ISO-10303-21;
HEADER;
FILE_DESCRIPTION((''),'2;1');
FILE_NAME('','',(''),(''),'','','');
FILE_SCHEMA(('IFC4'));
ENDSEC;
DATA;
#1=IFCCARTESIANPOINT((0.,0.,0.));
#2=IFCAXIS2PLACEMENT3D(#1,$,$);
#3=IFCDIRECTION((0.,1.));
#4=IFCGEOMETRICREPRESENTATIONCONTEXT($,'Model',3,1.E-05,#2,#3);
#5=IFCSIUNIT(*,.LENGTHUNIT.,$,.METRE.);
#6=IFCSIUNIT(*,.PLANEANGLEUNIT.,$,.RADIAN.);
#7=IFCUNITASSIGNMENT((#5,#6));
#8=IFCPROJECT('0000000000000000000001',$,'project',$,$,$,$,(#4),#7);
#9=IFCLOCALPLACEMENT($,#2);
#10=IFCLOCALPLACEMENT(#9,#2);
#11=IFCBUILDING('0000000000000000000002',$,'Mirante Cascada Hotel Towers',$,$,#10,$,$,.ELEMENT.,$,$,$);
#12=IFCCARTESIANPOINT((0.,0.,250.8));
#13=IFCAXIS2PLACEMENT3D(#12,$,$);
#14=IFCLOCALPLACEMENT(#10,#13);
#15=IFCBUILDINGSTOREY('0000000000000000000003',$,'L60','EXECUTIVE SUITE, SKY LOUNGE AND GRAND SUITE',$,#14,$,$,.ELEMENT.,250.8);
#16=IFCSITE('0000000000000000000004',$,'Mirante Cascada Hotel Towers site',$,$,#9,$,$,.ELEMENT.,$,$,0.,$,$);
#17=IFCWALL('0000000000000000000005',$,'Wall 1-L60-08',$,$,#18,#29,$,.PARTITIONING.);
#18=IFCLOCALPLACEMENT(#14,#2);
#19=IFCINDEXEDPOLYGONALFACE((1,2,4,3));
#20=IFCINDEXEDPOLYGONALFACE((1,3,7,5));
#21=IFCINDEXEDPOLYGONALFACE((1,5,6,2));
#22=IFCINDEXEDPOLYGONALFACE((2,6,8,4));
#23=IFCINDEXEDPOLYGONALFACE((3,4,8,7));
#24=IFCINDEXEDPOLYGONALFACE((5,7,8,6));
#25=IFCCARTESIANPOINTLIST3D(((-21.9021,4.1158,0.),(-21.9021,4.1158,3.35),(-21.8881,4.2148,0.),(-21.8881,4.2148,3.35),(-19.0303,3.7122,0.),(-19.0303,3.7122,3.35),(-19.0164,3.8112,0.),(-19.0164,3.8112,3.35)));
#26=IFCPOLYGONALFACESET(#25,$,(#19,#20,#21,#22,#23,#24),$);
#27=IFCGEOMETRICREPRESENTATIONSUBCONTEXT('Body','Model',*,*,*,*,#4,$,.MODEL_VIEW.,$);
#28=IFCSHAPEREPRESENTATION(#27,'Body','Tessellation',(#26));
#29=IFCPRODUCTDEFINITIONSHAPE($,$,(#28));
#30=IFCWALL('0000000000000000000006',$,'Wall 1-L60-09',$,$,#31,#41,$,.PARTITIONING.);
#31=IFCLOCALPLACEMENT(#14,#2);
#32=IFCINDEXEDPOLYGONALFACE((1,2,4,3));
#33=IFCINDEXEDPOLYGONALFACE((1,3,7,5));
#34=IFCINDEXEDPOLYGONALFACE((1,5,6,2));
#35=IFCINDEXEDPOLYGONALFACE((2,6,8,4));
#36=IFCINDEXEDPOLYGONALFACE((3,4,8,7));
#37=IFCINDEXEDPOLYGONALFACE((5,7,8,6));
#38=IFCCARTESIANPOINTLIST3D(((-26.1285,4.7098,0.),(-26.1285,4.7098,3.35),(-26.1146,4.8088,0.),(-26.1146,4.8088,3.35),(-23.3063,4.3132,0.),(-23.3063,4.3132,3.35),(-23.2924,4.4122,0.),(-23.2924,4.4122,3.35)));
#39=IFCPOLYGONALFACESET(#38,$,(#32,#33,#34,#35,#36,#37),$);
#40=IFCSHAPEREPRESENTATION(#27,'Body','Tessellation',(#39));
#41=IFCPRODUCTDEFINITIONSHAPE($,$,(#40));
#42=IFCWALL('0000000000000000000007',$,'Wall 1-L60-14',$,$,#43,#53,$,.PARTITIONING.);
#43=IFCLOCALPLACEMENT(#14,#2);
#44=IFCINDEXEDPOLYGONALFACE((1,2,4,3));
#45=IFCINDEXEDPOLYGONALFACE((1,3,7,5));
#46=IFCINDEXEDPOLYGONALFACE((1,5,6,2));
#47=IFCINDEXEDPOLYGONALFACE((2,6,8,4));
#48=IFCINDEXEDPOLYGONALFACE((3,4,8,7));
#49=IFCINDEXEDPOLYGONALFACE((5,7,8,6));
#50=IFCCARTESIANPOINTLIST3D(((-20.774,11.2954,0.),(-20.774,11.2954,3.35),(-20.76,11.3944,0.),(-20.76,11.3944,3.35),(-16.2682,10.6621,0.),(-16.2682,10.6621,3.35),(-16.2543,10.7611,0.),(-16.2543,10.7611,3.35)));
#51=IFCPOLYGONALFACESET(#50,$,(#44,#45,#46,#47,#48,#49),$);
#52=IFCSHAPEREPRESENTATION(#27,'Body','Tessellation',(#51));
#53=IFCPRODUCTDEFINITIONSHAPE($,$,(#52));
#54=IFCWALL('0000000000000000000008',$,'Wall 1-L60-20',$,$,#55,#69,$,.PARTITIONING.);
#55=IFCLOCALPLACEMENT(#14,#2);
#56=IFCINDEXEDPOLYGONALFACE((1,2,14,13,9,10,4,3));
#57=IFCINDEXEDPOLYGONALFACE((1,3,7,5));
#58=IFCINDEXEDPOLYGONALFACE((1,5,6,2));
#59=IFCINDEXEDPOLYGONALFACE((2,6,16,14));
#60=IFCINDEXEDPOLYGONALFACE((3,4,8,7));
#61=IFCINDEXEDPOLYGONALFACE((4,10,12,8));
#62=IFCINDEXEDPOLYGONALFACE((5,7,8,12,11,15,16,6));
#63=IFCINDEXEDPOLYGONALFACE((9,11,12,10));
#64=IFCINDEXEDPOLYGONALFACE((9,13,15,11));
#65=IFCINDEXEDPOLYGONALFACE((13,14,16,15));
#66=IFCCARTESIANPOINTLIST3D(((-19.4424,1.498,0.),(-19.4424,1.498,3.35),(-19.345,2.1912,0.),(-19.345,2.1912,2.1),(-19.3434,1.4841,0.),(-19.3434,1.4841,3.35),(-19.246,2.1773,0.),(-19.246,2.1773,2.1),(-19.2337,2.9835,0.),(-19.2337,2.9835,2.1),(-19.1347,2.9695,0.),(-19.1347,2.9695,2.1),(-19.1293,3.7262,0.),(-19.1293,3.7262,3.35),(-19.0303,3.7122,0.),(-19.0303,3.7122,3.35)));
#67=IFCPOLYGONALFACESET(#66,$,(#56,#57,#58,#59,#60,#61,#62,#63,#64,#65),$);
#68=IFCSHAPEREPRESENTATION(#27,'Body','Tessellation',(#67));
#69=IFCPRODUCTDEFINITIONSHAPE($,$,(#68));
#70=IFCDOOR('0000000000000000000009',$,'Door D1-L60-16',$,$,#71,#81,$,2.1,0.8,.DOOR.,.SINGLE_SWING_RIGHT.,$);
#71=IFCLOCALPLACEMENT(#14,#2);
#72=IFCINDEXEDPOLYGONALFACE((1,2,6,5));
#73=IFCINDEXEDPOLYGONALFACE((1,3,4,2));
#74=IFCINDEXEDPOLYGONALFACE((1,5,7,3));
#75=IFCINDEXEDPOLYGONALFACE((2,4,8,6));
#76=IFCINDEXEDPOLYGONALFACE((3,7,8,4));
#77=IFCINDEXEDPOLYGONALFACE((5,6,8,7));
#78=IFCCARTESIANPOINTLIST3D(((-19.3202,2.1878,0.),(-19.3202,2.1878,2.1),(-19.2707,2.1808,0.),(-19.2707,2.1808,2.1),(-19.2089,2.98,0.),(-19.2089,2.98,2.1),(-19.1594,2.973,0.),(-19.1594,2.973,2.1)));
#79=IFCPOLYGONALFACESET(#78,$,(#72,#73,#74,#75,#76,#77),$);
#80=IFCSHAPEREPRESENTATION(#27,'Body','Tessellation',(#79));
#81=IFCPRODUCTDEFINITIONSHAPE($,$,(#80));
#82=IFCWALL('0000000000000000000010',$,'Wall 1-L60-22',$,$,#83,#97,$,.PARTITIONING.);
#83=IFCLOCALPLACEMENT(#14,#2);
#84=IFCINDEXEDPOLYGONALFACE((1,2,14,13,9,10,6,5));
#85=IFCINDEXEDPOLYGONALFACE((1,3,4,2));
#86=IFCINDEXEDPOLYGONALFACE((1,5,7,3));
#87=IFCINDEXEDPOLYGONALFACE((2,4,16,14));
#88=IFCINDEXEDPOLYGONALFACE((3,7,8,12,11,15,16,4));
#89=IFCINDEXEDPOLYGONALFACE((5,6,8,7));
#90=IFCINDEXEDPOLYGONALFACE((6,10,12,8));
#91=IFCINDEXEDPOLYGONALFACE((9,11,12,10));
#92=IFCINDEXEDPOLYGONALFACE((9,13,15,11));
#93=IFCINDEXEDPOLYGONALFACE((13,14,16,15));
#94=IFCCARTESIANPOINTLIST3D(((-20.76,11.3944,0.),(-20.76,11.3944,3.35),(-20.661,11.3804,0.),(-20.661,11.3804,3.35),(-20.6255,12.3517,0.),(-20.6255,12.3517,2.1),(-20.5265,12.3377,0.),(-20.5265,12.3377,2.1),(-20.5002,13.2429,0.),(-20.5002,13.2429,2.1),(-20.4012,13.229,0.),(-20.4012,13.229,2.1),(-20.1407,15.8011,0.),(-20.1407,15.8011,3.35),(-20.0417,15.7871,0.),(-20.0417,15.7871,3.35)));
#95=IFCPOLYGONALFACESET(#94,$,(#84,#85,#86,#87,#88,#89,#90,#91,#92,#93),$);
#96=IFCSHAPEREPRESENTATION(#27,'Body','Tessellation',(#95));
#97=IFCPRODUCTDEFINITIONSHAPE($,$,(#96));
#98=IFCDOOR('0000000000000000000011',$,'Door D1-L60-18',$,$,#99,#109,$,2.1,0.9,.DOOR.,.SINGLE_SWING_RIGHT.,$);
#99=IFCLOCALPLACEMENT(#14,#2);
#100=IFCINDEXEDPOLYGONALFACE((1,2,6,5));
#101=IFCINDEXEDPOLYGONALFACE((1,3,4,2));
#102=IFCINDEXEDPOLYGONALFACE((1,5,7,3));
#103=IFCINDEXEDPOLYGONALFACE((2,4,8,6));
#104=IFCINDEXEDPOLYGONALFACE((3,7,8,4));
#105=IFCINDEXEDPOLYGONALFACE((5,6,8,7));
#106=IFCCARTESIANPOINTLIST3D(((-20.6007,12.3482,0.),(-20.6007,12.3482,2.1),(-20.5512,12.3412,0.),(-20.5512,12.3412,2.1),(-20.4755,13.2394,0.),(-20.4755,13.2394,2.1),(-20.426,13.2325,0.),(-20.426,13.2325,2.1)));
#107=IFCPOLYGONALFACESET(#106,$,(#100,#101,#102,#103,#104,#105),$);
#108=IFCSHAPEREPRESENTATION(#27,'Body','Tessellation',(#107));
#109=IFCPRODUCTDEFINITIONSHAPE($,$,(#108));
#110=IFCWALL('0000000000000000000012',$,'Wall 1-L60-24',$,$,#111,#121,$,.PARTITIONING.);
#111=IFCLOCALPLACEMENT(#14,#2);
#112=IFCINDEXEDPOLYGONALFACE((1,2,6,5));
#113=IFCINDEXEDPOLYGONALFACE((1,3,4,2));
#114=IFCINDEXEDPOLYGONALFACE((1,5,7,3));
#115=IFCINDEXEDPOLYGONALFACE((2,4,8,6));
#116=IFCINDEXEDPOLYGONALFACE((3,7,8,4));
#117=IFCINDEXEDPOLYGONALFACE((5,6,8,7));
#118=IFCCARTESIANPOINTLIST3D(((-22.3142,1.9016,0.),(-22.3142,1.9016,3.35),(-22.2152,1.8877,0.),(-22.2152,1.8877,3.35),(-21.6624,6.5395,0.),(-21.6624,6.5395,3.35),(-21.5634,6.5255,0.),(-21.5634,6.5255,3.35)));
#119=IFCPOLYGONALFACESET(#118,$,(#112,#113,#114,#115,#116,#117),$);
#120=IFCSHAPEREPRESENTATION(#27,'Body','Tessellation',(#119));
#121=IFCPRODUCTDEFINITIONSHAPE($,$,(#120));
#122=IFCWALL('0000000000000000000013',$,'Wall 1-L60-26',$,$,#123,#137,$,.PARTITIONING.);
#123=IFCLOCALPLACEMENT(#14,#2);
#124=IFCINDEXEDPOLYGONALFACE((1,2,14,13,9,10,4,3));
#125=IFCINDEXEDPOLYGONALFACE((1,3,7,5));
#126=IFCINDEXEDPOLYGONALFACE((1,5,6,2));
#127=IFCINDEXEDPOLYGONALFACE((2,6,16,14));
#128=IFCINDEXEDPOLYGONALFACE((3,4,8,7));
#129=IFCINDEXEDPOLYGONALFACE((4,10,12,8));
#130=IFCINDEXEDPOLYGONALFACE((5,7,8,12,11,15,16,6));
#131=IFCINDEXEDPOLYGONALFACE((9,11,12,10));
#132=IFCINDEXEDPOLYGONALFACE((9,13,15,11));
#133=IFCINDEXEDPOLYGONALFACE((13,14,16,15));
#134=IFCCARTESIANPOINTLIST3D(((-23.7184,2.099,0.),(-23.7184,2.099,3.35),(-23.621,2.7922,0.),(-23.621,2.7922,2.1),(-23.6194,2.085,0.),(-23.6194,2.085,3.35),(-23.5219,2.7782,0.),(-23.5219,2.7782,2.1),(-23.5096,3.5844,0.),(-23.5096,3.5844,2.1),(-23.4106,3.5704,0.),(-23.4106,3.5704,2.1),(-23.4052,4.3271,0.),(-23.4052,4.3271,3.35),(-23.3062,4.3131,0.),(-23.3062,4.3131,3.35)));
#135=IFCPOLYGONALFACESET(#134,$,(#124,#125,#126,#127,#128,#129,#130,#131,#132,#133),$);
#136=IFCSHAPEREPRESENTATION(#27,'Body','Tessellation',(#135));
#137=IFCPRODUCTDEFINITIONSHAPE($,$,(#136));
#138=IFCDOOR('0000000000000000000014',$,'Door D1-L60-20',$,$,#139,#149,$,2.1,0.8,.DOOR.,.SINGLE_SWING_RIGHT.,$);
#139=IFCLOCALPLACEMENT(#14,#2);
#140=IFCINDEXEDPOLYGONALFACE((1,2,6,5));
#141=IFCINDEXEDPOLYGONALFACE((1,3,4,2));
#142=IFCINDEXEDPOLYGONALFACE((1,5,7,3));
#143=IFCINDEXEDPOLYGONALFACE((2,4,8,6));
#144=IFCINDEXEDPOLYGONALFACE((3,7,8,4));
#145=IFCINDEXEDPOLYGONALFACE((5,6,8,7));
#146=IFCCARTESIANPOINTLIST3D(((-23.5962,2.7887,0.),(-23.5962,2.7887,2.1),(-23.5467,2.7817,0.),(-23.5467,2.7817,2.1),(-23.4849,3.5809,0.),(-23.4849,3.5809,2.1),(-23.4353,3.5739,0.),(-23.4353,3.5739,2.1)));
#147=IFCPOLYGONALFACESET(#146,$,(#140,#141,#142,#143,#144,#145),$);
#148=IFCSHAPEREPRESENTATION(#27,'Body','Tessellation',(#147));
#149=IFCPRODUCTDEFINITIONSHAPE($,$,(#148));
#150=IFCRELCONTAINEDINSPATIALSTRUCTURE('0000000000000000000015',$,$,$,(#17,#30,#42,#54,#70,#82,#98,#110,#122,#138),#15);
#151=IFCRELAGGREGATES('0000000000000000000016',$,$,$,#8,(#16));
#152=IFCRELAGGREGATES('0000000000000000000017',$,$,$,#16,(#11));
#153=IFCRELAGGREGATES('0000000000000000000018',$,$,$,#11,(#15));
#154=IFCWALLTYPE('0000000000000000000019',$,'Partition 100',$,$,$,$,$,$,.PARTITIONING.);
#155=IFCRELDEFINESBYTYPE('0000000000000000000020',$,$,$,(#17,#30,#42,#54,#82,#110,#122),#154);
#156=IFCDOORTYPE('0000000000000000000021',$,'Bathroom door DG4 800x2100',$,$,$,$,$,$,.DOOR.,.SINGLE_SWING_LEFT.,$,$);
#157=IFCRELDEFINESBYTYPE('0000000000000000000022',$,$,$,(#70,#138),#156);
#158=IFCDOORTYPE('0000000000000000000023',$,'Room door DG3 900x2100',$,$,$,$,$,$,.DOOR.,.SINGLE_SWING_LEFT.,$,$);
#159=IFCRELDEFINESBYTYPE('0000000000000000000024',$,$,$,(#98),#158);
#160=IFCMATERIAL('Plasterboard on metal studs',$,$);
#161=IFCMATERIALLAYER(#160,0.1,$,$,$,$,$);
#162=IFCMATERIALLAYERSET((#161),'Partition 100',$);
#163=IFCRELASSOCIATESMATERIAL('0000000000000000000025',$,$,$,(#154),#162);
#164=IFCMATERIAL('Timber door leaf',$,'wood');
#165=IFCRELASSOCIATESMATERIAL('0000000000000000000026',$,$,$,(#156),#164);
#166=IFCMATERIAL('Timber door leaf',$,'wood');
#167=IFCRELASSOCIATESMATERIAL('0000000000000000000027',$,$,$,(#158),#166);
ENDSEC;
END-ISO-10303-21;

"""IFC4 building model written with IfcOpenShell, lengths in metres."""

from ifc_helpers import new_model, si_unit, direction, frame, frame_2d, origin, place, context, subcontext, project, spatial, rectangle, extrude, material, layer, layer_set, type_object, element, fill, save


model = new_model("IFC4")

# Units and contexts
model_context = context("Model", 3, precision=1e-05, world=origin(), true_north=direction((0.0, 1.0)))
body_context = subcontext(model_context, "Body", "Model", "MODEL_VIEW")
ifc_project = project(units=[si_unit("LENGTHUNIT", "METRE"), si_unit("PLANEANGLEUNIT", "RADIAN")], contexts=[model_context])

# Site, building, storey
site_placement = place(None, origin())
site = spatial("IfcSite", under=ifc_project, at=site_placement, Name="Mirante Cascada Hotel Towers site", CompositionType="ELEMENT", RefElevation=0.0)
building_placement = place(site_placement, origin())
building = spatial("IfcBuilding", under=site, at=building_placement, Name="Mirante Cascada Hotel Towers", CompositionType="ELEMENT")
storey_placement = place(building_placement, frame((0.0, 0.0, 250.8)))
storey = spatial("IfcBuildingStorey", under=building, at=storey_placement, Name="L60", Description="EXECUTIVE SUITE, SKY LOUNGE AND GRAND SUITE", CompositionType="ELEMENT", Elevation=250.8)

# Walls
ifc_material_1 = material(Name="Plasterboard on metal studs")
ifc_layer_1 = layer(ifc_material_1, 0.1)
ifc_layer_set_1 = layer_set([ifc_layer_1], Name="Partition 100")
wall_type_1 = type_object("IfcWallType", Name="Partition 100", PredefinedType="PARTITIONING", material=ifc_layer_set_1)
wall_1_placement = place(storey_placement, frame((-21.8951, 4.1653, 0.0), z_axis=(0.0, 0.0, 1.0), x_axis=(0.990268, -0.139171, 0.0)))
element("IfcWall", 1, at=wall_1_placement, inside=storey, type_object=wall_type_1, Name="Wall 1-L60-08", PredefinedType="PARTITIONING", context=body_context, shape_type="SweptSolid", body=[
    extrude(rectangle(XDim=2.9, YDim=0.1, at=frame_2d((1.45, 0.0))), origin(), (0.0, 0.0, 1.0), 3.35),
])
wall_2_placement = place(storey_placement, frame((-23.2993, 4.3627, 0.0), z_axis=(0.0, 0.0, 1.0), x_axis=(-0.99027, 0.139161, 0.0)))
element("IfcWall", 2, at=wall_2_placement, inside=storey, type_object=wall_type_1, Name="Wall 1-L60-09", PredefinedType="PARTITIONING", context=body_context, shape_type="SweptSolid", body=[
    extrude(rectangle(XDim=2.8499, YDim=0.1, at=frame_2d((1.425, 0.0))), origin(), (0.0, 0.0, 1.0), 3.35),
])
wall_3_placement = place(storey_placement, frame((-20.767, 11.3449, 0.0), z_axis=(0.0, 0.0, 1.0), x_axis=(0.990266, -0.139187, 0.0)))
element("IfcWall", 3, at=wall_3_placement, inside=storey, type_object=wall_type_1, Name="Wall 1-L60-14", PredefinedType="PARTITIONING", context=body_context, shape_type="SweptSolid", body=[
    extrude(rectangle(XDim=4.55, YDim=0.1, at=frame_2d((2.275, 0.0))), origin(), (0.0, 0.0, 1.0), 3.35),
])

# Walls, openings, doors
wall_4_placement = place(storey_placement, frame((-19.0798, 3.7192, 0.0), z_axis=(0.0, 0.0, 1.0), x_axis=(-0.139156, -0.990271, 0.0)))
wall_4 = element("IfcWall", 4, at=wall_4_placement, inside=storey, type_object=wall_type_1, Name="Wall 1-L60-20", PredefinedType="PARTITIONING", context=body_context, shape_type="SweptSolid", body=[
    extrude(rectangle(XDim=2.25, YDim=0.1, at=frame_2d((1.125, 0.0))), origin(), (0.0, 0.0, 1.0), 3.35),
])
opening_1_placement = place(wall_4_placement, frame((0.75, 0.0, 0.0)))
opening_1 = element("IfcOpeningElement", 5, at=opening_1_placement, cuts=wall_4, PredefinedType="OPENING", context=body_context, shape_type="SweptSolid", body=[
    extrude(rectangle(XDim=0.8, YDim=2.1, at=frame_2d((0.4, 1.05))), frame((0.0, 0.05, 0.0), z_axis=(0.0, -1.0, 0.0), x_axis=(1.0, 0.0, 0.0)), (0.0, 0.0, 1.0), 0.1),
])
ifc_material_2 = material(Name="Timber door leaf", Category="wood")
door_type_1 = type_object("IfcDoorType", Name="Bathroom door DG4 800x2100", OperationType="SINGLE_SWING_LEFT", PredefinedType="DOOR", material=ifc_material_2)
door_1_placement = place(opening_1_placement, frame((0.8, 0.0, 0.0), z_axis=(0.0, 0.0, 1.0), x_axis=(-1.0, 0.0, 0.0)))
door_1 = element("IfcDoor", 6, at=door_1_placement, inside=storey, type_object=door_type_1, Name="Door D1-L60-16", OperationType="SINGLE_SWING_RIGHT", OverallHeight=2.1, OverallWidth=0.8, PredefinedType="DOOR", context=body_context, shape_type="SweptSolid", body=[
    extrude(rectangle(XDim=0.8, YDim=2.1, at=frame_2d((0.4, 1.05))), frame((0.0, 0.025, 0.0), z_axis=(0.0, -1.0, 0.0), x_axis=(1.0, 0.0, 0.0)), (0.0, 0.0, 1.0), 0.05),
])
fill(opening_1, door_1)
wall_5_placement = place(storey_placement, frame((-20.0912, 15.7941, 0.0), z_axis=(0.0, 0.0, 1.0), x_axis=(-0.139168, -0.990269, 0.0)))
wall_5 = element("IfcWall", 7, at=wall_5_placement, inside=storey, type_object=wall_type_1, Name="Wall 1-L60-22", PredefinedType="PARTITIONING", context=body_context, shape_type="SweptSolid", body=[
    extrude(rectangle(XDim=4.45, YDim=0.1, at=frame_2d((2.225, 0.0))), origin(), (0.0, 0.0, 1.0), 3.35),
])
opening_2_placement = place(wall_5_placement, frame((2.5833, 0.0, 0.0)))
opening_2 = element("IfcOpeningElement", 8, at=opening_2_placement, cuts=wall_5, PredefinedType="OPENING", context=body_context, shape_type="SweptSolid", body=[
    extrude(rectangle(XDim=0.9, YDim=2.1, at=frame_2d((0.45, 1.05))), frame((0.0, 0.05, 0.0), z_axis=(0.0, -1.0, 0.0), x_axis=(1.0, 0.0, 0.0)), (0.0, 0.0, 1.0), 0.1),
])
ifc_material_3 = material(Name="Timber door leaf", Category="wood")
door_type_2 = type_object("IfcDoorType", Name="Room door DG3 900x2100", OperationType="SINGLE_SWING_LEFT", PredefinedType="DOOR", material=ifc_material_3)
door_2_placement = place(opening_2_placement, frame((0.9, 0.0, 0.0), z_axis=(0.0, 0.0, 1.0), x_axis=(-1.0, 0.0, 0.0)))
door_2 = element("IfcDoor", 9, at=door_2_placement, inside=storey, type_object=door_type_2, Name="Door D1-L60-18", OperationType="SINGLE_SWING_RIGHT", OverallHeight=2.1, OverallWidth=0.9, PredefinedType="DOOR", context=body_context, shape_type="SweptSolid", body=[
    extrude(rectangle(XDim=0.9, YDim=2.1, at=frame_2d((0.45, 1.05))), frame((0.0, 0.025, 0.0), z_axis=(0.0, -1.0, 0.0), x_axis=(1.0, 0.0, 0.0)), (0.0, 0.0, 1.0), 0.05),
])
fill(opening_2, door_2)

# Wall
wall_6_placement = place(storey_placement, frame((-21.6129, 6.5325, 0.0), z_axis=(0.0, 0.0, 1.0), x_axis=(-0.139173, -0.990268, 0.0)))
element("IfcWall", 10, at=wall_6_placement, inside=storey, type_object=wall_type_1, Name="Wall 1-L60-24", PredefinedType="PARTITIONING", context=body_context, shape_type="SweptSolid", body=[
    extrude(rectangle(XDim=4.6834, YDim=0.1, at=frame_2d((2.3417, 0.0))), origin(), (0.0, 0.0, 1.0), 3.35),
])

# Wall, opening, door
wall_7_placement = place(storey_placement, frame((-23.3557, 4.3201, 0.0), z_axis=(0.0, 0.0, 1.0), x_axis=(-0.1392, -0.990264, 0.0)))
wall_7 = element("IfcWall", 11, at=wall_7_placement, inside=storey, type_object=wall_type_1, Name="Wall 1-L60-26", PredefinedType="PARTITIONING", context=body_context, shape_type="SweptSolid", body=[
    extrude(rectangle(XDim=2.25, YDim=0.1, at=frame_2d((1.125, 0.0))), origin(), (0.0, 0.0, 1.0), 3.35),
])
opening_3_placement = place(wall_7_placement, frame((0.75, 0.0, 0.0)))
opening_3 = element("IfcOpeningElement", 12, at=opening_3_placement, cuts=wall_7, PredefinedType="OPENING", context=body_context, shape_type="SweptSolid", body=[
    extrude(rectangle(XDim=0.8, YDim=2.1, at=frame_2d((0.4, 1.05))), frame((0.0, 0.05, 0.0), z_axis=(0.0, -1.0, 0.0), x_axis=(1.0, 0.0, 0.0)), (0.0, 0.0, 1.0), 0.1),
])
door_3_placement = place(opening_3_placement, frame((0.8, 0.0, 0.0), z_axis=(0.0, 0.0, 1.0), x_axis=(-1.0, 0.0, 0.0)))
door_3 = element("IfcDoor", 13, at=door_3_placement, inside=storey, type_object=door_type_1, Name="Door D1-L60-20", OperationType="SINGLE_SWING_RIGHT", OverallHeight=2.1, OverallWidth=0.8, PredefinedType="DOOR", context=body_context, shape_type="SweptSolid", body=[
    extrude(rectangle(XDim=0.8, YDim=2.1, at=frame_2d((0.4, 1.05))), frame((0.0, 0.025, 0.0), z_axis=(0.0, -1.0, 0.0), x_axis=(1.0, 0.0, 0.0)), (0.0, 0.0, 1.0), 0.05),
])
fill(opening_3, door_3)

save(model, "model.ifc")
